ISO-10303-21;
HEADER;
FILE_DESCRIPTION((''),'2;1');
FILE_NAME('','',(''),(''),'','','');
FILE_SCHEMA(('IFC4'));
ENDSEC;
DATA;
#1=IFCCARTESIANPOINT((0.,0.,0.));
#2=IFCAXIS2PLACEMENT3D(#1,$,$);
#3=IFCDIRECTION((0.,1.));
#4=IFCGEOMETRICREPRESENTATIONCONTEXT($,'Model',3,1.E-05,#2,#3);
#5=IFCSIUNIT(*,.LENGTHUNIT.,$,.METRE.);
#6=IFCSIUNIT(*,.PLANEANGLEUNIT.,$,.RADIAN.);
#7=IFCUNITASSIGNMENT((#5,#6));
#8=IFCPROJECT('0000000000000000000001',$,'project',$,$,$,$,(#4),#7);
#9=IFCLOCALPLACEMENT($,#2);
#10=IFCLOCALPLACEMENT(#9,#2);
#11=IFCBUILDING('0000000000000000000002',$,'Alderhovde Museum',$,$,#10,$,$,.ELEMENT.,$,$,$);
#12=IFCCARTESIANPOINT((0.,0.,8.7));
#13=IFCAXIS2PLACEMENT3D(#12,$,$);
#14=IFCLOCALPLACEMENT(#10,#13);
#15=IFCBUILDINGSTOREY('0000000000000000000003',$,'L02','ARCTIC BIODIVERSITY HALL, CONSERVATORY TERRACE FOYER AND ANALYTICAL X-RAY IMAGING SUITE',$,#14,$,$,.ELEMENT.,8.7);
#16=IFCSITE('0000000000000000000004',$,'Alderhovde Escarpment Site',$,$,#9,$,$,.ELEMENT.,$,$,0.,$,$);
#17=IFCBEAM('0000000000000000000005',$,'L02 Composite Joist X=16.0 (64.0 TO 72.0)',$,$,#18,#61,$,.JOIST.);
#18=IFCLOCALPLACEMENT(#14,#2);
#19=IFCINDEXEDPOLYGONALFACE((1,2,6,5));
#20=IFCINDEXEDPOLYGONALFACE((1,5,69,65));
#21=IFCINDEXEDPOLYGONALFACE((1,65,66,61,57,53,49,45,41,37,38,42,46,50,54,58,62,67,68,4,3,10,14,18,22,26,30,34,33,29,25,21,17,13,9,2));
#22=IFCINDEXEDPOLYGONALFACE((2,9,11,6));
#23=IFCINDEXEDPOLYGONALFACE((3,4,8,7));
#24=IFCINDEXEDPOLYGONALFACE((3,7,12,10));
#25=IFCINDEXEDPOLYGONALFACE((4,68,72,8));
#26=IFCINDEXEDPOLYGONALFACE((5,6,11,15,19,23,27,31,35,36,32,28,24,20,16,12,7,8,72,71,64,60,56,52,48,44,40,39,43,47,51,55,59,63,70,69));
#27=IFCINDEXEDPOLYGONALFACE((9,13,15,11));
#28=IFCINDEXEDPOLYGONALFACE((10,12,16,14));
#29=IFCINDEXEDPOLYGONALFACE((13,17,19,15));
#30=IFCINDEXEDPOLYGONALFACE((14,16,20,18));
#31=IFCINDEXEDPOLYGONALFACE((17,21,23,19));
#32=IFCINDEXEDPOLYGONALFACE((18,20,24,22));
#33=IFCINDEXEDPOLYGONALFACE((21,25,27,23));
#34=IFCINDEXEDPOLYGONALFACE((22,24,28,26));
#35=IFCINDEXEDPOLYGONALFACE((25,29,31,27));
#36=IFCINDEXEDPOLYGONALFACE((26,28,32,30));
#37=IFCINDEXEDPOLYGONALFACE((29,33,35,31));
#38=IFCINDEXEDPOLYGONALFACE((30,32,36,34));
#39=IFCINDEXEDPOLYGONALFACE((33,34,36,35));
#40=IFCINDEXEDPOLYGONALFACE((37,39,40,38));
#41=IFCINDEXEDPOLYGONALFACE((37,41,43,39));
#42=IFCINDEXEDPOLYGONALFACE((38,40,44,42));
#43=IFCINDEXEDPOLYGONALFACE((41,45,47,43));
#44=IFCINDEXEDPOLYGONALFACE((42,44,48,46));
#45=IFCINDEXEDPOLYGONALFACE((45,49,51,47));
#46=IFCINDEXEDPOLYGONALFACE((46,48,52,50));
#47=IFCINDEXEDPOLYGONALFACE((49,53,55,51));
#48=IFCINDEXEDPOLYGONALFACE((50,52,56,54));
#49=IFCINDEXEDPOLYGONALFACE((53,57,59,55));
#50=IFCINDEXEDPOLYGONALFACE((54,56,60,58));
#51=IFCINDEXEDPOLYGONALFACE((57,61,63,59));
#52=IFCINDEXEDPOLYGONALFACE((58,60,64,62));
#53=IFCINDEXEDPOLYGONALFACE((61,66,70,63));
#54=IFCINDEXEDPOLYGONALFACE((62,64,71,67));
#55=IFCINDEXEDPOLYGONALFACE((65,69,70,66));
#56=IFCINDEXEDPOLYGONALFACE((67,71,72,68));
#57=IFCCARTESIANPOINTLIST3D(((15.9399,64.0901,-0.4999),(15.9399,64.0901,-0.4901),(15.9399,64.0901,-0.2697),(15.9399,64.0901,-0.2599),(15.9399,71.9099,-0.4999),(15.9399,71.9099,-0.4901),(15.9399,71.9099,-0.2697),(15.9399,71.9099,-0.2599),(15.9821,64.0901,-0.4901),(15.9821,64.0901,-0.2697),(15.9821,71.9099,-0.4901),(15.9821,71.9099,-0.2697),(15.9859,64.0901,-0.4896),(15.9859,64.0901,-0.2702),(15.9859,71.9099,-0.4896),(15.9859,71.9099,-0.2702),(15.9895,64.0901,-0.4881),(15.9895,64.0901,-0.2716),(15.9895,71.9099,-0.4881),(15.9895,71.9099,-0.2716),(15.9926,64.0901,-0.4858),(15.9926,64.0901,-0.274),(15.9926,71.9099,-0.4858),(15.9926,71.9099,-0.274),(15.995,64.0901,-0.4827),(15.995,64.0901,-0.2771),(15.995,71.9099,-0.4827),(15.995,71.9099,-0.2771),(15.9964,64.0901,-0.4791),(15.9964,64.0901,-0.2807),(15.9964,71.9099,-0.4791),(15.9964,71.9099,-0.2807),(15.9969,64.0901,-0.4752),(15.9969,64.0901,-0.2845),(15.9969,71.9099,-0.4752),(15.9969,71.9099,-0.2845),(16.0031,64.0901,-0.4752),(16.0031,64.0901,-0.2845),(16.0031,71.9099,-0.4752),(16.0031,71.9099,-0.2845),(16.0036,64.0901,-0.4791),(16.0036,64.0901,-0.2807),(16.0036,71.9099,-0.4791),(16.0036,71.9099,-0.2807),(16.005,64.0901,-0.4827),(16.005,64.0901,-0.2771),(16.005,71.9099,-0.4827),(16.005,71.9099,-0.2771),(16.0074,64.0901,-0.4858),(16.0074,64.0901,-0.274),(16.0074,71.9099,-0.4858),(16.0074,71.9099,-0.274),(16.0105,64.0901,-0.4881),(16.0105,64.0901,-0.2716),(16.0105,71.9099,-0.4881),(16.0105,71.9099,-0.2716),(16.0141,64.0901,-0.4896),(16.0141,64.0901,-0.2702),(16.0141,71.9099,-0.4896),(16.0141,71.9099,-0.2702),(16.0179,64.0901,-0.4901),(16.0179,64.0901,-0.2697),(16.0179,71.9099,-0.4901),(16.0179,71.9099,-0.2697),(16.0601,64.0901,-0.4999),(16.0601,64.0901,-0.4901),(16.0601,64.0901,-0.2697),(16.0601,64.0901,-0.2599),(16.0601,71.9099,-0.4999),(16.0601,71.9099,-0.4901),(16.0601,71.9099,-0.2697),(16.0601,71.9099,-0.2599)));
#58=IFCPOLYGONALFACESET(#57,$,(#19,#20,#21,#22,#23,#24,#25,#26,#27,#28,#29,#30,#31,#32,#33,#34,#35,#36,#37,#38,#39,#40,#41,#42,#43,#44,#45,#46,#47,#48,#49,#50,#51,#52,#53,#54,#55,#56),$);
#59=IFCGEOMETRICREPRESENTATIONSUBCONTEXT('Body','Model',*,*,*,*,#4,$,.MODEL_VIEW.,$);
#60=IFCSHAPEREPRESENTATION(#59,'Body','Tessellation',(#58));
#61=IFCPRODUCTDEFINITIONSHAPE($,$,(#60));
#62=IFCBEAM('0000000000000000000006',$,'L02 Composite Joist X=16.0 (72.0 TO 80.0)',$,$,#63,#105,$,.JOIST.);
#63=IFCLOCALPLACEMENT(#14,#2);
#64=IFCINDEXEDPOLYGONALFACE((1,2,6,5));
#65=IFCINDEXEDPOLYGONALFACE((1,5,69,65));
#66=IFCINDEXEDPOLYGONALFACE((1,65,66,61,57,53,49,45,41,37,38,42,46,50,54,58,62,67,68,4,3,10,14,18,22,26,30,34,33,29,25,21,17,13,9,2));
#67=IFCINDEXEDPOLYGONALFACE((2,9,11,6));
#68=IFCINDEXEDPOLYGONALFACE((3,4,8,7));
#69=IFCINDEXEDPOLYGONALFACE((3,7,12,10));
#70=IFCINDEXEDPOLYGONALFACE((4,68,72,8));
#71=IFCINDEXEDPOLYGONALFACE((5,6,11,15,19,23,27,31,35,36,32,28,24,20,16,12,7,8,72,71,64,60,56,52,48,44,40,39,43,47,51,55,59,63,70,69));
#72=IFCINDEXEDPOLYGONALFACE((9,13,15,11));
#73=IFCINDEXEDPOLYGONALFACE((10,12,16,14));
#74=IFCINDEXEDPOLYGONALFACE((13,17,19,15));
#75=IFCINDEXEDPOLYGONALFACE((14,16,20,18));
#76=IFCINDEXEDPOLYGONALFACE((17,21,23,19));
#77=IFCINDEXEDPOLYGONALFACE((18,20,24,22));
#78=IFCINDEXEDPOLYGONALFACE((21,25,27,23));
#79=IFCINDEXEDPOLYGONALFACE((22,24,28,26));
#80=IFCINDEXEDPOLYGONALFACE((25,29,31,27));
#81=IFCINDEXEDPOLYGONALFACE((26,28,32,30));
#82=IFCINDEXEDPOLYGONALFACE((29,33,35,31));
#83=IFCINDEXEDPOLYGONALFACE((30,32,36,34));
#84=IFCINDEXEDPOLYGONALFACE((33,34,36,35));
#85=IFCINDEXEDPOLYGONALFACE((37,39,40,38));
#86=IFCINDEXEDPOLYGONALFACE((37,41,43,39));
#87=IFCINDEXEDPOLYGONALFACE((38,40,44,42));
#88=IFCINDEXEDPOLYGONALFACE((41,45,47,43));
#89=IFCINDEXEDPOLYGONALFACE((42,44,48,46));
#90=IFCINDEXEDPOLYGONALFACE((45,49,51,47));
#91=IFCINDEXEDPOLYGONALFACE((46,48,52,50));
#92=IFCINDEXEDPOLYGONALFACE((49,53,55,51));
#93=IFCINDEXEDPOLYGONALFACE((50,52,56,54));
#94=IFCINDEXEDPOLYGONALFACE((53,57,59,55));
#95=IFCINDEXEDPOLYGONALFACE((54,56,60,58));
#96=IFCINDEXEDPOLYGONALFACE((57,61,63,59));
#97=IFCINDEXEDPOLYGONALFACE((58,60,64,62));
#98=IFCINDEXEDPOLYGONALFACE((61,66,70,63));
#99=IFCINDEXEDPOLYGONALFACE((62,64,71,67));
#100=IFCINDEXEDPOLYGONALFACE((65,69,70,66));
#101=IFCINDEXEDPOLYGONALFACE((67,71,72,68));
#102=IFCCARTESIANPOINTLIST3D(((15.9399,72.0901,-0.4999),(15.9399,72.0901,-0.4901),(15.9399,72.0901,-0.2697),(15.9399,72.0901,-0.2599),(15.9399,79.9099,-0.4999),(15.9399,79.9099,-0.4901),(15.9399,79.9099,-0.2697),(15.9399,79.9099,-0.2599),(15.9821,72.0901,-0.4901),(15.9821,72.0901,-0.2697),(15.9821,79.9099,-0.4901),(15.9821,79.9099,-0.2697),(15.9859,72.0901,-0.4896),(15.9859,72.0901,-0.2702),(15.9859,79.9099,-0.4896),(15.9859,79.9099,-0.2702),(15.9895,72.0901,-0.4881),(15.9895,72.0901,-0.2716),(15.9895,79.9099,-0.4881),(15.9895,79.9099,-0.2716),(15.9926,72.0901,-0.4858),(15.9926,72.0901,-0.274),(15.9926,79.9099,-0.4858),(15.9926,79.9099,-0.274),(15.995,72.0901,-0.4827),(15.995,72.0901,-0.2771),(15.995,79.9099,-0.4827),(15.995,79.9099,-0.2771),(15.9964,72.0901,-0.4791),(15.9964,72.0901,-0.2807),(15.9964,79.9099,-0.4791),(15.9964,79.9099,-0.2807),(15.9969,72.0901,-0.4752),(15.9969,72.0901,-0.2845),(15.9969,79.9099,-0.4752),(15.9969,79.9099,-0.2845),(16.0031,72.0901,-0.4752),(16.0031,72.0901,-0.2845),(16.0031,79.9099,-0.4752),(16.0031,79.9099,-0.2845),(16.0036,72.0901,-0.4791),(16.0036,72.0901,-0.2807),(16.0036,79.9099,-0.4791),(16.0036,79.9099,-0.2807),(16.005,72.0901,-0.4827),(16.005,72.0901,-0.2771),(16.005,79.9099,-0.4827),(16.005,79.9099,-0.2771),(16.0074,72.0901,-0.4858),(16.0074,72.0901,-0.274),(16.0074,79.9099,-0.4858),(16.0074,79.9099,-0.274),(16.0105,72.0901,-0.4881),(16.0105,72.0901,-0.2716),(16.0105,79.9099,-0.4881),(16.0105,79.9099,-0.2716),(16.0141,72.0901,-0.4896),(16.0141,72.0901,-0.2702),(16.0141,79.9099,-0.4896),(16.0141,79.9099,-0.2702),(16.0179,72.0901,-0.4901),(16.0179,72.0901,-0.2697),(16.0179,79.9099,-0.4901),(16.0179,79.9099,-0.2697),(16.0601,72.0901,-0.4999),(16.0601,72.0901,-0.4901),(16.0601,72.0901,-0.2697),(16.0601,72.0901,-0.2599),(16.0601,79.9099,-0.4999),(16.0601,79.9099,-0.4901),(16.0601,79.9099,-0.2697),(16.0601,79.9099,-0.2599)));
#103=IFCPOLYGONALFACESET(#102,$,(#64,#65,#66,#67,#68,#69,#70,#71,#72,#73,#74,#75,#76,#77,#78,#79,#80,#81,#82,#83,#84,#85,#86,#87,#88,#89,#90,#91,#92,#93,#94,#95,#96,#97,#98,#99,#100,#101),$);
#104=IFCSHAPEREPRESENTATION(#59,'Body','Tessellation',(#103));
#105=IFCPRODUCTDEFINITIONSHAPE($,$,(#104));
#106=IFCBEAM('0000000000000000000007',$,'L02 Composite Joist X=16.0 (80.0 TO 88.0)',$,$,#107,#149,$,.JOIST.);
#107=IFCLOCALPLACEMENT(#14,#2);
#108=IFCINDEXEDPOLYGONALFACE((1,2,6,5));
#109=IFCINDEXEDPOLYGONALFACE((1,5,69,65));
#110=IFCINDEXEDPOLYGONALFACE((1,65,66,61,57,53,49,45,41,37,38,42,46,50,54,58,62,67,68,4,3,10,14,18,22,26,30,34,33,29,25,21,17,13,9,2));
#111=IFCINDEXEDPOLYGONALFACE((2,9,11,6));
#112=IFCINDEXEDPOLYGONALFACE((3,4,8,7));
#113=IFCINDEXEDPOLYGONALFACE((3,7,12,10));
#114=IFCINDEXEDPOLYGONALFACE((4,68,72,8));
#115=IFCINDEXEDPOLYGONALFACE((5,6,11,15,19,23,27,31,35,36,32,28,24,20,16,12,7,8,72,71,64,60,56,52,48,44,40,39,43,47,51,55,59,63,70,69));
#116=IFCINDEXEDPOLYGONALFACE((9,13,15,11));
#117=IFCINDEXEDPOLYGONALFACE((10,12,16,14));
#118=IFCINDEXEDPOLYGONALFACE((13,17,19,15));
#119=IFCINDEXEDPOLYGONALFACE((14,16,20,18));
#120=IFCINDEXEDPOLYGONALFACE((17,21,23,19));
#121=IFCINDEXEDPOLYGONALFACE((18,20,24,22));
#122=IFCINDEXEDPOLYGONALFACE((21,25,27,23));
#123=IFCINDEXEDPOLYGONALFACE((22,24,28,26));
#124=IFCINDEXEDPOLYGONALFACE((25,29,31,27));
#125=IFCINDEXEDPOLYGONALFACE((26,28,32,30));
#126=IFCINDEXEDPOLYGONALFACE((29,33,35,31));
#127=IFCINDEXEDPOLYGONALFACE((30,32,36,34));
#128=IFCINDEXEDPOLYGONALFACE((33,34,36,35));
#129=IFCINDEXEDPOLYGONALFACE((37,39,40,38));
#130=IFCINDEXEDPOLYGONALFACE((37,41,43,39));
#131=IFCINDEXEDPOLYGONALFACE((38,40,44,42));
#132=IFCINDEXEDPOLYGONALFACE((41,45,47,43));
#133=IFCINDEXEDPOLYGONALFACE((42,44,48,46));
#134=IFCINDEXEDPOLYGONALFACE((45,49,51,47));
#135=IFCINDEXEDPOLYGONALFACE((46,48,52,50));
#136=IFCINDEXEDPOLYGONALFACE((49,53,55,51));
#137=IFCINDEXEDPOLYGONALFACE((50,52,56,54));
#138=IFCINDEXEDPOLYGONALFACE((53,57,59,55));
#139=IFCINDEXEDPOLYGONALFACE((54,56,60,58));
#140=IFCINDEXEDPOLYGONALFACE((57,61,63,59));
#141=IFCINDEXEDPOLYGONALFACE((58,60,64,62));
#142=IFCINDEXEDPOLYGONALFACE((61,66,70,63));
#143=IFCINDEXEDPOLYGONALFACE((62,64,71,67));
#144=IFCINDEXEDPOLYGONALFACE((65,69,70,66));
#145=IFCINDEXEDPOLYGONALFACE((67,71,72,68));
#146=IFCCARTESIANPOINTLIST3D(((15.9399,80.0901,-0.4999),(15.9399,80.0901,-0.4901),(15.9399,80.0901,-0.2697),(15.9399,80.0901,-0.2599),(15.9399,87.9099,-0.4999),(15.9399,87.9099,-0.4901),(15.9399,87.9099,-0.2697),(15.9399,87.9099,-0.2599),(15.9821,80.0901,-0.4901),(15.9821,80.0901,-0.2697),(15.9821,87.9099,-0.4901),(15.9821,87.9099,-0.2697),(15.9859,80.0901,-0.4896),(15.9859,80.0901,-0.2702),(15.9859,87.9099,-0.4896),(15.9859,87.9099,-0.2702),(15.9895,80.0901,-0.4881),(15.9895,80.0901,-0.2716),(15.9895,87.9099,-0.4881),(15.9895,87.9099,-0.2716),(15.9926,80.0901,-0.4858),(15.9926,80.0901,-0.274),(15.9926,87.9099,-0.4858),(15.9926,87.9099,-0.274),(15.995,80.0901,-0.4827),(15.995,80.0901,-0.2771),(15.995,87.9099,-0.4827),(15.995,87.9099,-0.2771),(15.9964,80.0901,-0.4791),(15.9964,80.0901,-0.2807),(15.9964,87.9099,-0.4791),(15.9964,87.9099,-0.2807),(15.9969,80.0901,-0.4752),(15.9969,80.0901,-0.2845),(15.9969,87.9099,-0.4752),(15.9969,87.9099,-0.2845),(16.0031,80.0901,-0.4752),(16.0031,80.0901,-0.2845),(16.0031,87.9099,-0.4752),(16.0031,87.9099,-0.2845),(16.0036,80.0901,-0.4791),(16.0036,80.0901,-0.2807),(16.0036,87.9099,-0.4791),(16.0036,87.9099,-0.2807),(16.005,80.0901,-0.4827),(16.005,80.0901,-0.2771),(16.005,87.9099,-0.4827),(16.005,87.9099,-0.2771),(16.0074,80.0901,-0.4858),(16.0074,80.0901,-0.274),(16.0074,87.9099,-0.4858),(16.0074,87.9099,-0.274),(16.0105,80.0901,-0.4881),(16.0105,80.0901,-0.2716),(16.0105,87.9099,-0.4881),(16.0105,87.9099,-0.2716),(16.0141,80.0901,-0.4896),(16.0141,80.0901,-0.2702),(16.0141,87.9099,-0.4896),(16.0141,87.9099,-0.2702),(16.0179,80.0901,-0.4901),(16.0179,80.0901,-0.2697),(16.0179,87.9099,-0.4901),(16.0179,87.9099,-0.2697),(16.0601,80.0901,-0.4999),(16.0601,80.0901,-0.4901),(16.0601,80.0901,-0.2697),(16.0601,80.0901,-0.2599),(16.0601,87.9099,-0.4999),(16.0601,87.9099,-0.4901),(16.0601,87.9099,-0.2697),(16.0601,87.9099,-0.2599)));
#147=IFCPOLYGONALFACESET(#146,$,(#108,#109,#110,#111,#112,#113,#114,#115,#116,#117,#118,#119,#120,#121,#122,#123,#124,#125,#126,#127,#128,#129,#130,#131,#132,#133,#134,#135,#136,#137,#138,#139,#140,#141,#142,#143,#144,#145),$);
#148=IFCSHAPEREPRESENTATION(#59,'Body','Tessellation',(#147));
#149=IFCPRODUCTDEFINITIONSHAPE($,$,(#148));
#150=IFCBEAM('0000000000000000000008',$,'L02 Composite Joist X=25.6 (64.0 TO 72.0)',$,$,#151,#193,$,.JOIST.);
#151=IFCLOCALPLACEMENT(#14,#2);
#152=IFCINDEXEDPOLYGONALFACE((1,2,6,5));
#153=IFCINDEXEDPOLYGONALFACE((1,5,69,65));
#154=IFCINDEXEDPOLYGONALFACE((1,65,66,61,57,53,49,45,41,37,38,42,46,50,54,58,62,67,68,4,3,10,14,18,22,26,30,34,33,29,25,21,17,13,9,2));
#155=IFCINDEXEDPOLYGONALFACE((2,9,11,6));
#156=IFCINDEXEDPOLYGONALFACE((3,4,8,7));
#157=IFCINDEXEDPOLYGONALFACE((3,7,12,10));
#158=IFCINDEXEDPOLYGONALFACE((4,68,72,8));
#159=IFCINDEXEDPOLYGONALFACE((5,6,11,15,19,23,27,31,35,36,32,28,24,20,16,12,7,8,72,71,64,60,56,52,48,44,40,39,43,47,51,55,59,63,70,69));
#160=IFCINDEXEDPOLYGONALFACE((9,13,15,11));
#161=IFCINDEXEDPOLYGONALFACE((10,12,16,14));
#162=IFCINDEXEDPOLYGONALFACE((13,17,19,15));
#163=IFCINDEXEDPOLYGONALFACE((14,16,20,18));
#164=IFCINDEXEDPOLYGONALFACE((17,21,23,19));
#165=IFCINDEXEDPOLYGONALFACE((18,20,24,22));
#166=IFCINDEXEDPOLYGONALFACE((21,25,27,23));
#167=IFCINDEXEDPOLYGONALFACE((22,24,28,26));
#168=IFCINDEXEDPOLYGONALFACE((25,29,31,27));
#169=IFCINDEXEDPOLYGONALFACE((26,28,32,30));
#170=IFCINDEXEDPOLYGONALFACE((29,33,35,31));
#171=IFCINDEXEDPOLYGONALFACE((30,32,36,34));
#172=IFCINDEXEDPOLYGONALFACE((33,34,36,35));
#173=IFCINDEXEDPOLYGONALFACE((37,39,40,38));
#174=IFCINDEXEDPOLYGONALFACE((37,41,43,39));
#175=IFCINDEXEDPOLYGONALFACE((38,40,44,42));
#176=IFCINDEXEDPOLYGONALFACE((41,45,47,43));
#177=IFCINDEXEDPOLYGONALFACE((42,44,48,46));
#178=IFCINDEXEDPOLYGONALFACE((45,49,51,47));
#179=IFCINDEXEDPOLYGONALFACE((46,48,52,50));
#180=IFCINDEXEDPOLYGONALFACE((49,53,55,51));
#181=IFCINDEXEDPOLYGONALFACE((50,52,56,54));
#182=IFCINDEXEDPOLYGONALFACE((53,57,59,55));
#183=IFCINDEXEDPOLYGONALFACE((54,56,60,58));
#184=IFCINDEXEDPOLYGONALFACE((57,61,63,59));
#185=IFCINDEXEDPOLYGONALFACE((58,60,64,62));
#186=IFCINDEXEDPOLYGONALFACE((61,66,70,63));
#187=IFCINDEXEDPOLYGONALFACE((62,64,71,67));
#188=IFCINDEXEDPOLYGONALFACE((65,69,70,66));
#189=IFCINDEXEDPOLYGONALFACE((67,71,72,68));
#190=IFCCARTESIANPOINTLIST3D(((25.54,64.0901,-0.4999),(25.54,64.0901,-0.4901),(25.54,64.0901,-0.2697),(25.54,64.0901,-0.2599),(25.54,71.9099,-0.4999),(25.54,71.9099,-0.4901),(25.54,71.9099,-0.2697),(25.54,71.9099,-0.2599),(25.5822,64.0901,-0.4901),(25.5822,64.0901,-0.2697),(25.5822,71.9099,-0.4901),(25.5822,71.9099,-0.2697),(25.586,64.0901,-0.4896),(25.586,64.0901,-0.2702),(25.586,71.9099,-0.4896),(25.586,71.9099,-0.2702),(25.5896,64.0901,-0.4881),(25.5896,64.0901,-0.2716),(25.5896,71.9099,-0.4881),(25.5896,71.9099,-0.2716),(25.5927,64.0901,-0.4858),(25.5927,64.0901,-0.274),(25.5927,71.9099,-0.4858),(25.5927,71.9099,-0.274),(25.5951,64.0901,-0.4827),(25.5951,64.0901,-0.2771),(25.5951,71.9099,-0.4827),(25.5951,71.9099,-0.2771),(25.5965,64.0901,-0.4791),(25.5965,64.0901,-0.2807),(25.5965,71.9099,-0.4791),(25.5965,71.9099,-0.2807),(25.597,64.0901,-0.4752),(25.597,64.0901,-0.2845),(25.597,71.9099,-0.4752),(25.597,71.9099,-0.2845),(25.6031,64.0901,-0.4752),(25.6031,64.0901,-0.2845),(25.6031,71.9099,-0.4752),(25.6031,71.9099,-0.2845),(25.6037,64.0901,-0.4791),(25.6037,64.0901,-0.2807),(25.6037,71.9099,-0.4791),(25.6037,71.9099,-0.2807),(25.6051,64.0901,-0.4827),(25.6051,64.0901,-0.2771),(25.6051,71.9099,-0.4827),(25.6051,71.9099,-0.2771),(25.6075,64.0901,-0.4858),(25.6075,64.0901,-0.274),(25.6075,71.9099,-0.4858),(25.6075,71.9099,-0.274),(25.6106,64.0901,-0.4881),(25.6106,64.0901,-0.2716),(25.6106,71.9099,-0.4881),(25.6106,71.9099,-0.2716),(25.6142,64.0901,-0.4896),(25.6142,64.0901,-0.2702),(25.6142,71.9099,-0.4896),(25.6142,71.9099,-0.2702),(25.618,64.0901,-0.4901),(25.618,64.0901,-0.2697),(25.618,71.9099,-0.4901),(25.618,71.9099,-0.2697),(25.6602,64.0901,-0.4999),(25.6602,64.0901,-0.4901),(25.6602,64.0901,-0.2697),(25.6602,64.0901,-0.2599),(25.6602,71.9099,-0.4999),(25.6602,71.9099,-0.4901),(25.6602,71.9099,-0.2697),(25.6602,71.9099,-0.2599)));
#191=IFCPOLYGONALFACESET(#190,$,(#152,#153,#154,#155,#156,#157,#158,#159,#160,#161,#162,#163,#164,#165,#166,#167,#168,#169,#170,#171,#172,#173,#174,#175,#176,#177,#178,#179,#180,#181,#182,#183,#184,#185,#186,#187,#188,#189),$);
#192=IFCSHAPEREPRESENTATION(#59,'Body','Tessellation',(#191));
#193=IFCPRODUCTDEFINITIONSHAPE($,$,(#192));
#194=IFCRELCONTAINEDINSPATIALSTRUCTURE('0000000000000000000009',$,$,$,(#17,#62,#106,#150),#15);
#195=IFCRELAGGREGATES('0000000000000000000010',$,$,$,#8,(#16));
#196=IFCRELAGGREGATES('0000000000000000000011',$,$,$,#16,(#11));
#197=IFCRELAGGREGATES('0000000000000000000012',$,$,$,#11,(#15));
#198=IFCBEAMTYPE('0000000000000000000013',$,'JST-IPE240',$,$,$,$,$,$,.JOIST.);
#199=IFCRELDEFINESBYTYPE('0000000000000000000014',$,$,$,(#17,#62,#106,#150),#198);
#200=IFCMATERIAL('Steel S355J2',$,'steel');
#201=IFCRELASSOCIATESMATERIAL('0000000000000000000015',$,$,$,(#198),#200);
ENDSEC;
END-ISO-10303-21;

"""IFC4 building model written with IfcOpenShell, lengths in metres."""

from ifc_helpers import new_model, si_unit, direction, frame, origin, origin_2d, place, context, subcontext, project, spatial, i_section, extrude, material, material_profile, profile_set, type_object, element, save


model = new_model("IFC4")

# Units and contexts
model_context = context("Model", 3, precision=1e-05, world=origin(), true_north=direction((0.0, 1.0)))
body_context = subcontext(model_context, "Body", "Model", "MODEL_VIEW")
ifc_project = project(units=[si_unit("LENGTHUNIT", "METRE"), si_unit("PLANEANGLEUNIT", "RADIAN")], contexts=[model_context])

# Site, building, storey
site_placement = place(None, origin())
site = spatial("IfcSite", under=ifc_project, at=site_placement, Name="Alderhovde Escarpment Site", CompositionType="ELEMENT", RefElevation=0.0)
building_placement = place(site_placement, origin())
building = spatial("IfcBuilding", under=site, at=building_placement, Name="Alderhovde Museum", CompositionType="ELEMENT")
storey_placement = place(building_placement, frame((0.0, 0.0, 8.7)))
storey = spatial("IfcBuildingStorey", under=building, at=storey_placement, Name="L02", Description="ARCTIC BIODIVERSITY HALL, CONSERVATORY TERRACE FOYER AND ANALYTICAL X-RAY IMAGING SUITE", CompositionType="ELEMENT", Elevation=8.7)

# Beams
ifc_material_1 = material(Name="Steel S355J2", Category="steel")
ifc_material_profile_1 = material_profile(ifc_material_1, i_section(OverallWidth=0.1201, OverallDepth=0.24, WebThickness=0.0061, FlangeThickness=0.0098, FilletRadius=0.0149, at=origin_2d()), Name="IPE 240")
ifc_profile_set_1 = profile_set([ifc_material_profile_1], Name="Steel S355J2")
beam_type_1 = type_object("IfcBeamType", Name="JST-IPE240", PredefinedType="JOIST", material=ifc_profile_set_1)
for number, where, z_axis, x_axis, name in (
    (1, (16.0, 64.0901, -0.3799), (0.0, 1.0, 0.0), (-1.0, 0.0, 0.0), "L02 Composite Joist X=16.0 (64.0 TO 72.0)"),
    (2, (16.0, 72.0901, -0.3799), (0.0, 1.0, 0.0), (-1.0, 0.0, 0.0), "L02 Composite Joist X=16.0 (72.0 TO 80.0)"),
    (3, (16.0, 80.0901, -0.3799), (0.0, 1.0, 0.0), (-1.0, 0.0, 0.0), "L02 Composite Joist X=16.0 (80.0 TO 88.0)"),
    (4, (25.6001, 64.0901, -0.3799), (0.0, 1.0, 0.0), (-1.0, 0.0, 0.0), "L02 Composite Joist X=25.6 (64.0 TO 72.0)"),
):
    element("IfcBeam", number, at=place(storey_placement, frame(where, z_axis=z_axis, x_axis=x_axis)), inside=storey, type_object=beam_type_1, Name=name, PredefinedType="JOIST", context=body_context, shape_type="SweptSolid", body=[
        extrude(i_section(OverallWidth=0.1201, OverallDepth=0.24, WebThickness=0.0061, FlangeThickness=0.0098, FilletRadius=0.0149, at=origin_2d()), origin(), (0.0, 0.0, 1.0), 7.8198),
    ])

save(model, "model.ifc")
